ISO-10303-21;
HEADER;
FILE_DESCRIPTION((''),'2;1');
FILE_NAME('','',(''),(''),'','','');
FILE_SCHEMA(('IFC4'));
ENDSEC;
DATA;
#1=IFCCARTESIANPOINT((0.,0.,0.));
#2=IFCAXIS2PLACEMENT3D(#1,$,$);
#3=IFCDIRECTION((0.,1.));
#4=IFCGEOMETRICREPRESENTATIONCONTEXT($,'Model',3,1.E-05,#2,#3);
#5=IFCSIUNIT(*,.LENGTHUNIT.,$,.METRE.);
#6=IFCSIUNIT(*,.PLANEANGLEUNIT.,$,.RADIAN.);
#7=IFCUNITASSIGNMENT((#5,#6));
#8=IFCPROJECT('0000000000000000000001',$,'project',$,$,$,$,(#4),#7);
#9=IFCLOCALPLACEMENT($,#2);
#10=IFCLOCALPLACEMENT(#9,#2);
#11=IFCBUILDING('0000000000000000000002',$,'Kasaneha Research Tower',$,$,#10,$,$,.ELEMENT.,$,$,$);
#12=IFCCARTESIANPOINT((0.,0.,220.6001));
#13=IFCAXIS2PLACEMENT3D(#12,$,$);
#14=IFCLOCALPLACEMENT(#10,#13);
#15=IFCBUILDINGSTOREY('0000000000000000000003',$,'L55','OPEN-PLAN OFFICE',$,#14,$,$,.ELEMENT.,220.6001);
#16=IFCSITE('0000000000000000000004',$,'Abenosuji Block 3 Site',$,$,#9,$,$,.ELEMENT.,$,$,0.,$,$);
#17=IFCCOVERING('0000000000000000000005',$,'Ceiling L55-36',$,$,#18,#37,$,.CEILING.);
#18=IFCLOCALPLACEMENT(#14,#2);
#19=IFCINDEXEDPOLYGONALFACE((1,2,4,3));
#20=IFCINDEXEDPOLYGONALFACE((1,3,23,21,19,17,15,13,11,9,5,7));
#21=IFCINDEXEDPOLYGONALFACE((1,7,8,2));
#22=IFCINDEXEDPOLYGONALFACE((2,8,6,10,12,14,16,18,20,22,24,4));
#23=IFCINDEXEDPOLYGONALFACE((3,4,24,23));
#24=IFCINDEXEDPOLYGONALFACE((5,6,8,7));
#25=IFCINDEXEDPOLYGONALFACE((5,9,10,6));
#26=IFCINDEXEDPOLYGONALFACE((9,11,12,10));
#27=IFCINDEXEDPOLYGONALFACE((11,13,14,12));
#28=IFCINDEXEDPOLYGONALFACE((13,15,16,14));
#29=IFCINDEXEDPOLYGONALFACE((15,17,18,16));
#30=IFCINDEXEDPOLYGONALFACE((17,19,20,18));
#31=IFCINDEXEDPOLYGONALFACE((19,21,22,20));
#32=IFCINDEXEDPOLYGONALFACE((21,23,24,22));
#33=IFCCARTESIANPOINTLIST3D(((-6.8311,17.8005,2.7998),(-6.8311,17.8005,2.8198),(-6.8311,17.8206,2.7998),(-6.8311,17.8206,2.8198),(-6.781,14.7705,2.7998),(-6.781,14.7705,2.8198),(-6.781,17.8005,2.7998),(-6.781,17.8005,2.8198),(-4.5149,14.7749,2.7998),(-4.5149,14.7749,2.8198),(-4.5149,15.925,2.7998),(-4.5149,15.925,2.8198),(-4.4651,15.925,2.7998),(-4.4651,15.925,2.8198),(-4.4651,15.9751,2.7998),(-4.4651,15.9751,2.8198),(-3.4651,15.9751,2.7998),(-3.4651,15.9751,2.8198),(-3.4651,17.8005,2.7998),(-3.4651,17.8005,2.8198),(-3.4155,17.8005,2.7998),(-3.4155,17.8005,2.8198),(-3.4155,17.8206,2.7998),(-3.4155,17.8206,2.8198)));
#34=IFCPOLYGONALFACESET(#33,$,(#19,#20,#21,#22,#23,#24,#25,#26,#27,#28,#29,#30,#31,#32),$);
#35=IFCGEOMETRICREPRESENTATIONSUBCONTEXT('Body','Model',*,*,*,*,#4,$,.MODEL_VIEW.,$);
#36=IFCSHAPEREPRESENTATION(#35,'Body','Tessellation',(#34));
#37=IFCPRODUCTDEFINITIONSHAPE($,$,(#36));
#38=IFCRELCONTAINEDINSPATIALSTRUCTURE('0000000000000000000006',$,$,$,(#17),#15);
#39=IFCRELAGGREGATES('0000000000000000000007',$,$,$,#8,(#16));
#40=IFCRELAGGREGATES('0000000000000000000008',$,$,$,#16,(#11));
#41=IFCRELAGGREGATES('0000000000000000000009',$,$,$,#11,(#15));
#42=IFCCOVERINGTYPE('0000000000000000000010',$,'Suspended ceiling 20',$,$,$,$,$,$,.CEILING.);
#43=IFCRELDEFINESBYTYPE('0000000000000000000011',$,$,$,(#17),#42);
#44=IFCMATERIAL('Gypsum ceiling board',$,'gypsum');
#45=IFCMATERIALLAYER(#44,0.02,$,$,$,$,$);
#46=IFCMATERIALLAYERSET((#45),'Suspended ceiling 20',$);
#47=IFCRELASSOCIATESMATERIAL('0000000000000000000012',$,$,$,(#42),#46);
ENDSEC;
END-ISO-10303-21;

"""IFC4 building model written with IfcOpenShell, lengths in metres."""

from ifc_helpers import new_model, si_unit, direction, frame, origin, place, context, subcontext, project, spatial, polyline, outline, extrude, material, layer, layer_set, type_object, element, save


model = new_model("IFC4")

# Units and contexts
model_context = context("Model", 3, precision=1e-05, world=origin(), true_north=direction((0.0, 1.0)))
body_context = subcontext(model_context, "Body", "Model", "MODEL_VIEW")
ifc_project = project(units=[si_unit("LENGTHUNIT", "METRE"), si_unit("PLANEANGLEUNIT", "RADIAN")], contexts=[model_context])

# Site, building, storey
site_placement = place(None, origin())
site = spatial("IfcSite", under=ifc_project, at=site_placement, Name="Abenosuji Block 3 Site", CompositionType="ELEMENT", RefElevation=0.0)
building_placement = place(site_placement, origin())
building = spatial("IfcBuilding", under=site, at=building_placement, Name="Kasaneha Research Tower", CompositionType="ELEMENT")
storey_placement = place(building_placement, frame((0.0, 0.0, 220.6001)))
storey = spatial("IfcBuildingStorey", under=building, at=storey_placement, Name="L55", Description="OPEN-PLAN OFFICE", CompositionType="ELEMENT", Elevation=220.6001)

# Covering
ifc_material_1 = material(Name="Gypsum ceiling board", Category="gypsum")
ifc_layer_1 = layer(ifc_material_1, 0.02)
ifc_layer_set_1 = layer_set([ifc_layer_1], Name="Suspended ceiling 20")
covering_type_1 = type_object("IfcCoveringType", Name="Suspended ceiling 20", PredefinedType="CEILING", material=ifc_layer_set_1)
covering_1_placement = place(storey_placement, frame((0.0, 0.0, 2.7998)))
element("IfcCovering", 1, at=covering_1_placement, inside=storey, type_object=covering_type_1, Name="Ceiling L55-36", PredefinedType="CEILING", context=body_context, shape_type="SweptSolid", body=[
    extrude(outline(polyline([(-3.4155, 17.8206), (-3.4155, 17.8005), (-3.4651, 17.8005), (-3.4651, 15.9751), (-4.4651, 15.9751), (-4.4651, 15.925), (-4.5149, 15.925), (-4.5149, 14.7749), (-6.781, 14.7705), (-6.781, 17.8005), (-6.8311, 17.8005), (-6.8311, 17.8206), (-3.4155, 17.8206)])), origin(), (0.0, 0.0, 1.0), 0.02),
])

save(model, "model.ifc")
